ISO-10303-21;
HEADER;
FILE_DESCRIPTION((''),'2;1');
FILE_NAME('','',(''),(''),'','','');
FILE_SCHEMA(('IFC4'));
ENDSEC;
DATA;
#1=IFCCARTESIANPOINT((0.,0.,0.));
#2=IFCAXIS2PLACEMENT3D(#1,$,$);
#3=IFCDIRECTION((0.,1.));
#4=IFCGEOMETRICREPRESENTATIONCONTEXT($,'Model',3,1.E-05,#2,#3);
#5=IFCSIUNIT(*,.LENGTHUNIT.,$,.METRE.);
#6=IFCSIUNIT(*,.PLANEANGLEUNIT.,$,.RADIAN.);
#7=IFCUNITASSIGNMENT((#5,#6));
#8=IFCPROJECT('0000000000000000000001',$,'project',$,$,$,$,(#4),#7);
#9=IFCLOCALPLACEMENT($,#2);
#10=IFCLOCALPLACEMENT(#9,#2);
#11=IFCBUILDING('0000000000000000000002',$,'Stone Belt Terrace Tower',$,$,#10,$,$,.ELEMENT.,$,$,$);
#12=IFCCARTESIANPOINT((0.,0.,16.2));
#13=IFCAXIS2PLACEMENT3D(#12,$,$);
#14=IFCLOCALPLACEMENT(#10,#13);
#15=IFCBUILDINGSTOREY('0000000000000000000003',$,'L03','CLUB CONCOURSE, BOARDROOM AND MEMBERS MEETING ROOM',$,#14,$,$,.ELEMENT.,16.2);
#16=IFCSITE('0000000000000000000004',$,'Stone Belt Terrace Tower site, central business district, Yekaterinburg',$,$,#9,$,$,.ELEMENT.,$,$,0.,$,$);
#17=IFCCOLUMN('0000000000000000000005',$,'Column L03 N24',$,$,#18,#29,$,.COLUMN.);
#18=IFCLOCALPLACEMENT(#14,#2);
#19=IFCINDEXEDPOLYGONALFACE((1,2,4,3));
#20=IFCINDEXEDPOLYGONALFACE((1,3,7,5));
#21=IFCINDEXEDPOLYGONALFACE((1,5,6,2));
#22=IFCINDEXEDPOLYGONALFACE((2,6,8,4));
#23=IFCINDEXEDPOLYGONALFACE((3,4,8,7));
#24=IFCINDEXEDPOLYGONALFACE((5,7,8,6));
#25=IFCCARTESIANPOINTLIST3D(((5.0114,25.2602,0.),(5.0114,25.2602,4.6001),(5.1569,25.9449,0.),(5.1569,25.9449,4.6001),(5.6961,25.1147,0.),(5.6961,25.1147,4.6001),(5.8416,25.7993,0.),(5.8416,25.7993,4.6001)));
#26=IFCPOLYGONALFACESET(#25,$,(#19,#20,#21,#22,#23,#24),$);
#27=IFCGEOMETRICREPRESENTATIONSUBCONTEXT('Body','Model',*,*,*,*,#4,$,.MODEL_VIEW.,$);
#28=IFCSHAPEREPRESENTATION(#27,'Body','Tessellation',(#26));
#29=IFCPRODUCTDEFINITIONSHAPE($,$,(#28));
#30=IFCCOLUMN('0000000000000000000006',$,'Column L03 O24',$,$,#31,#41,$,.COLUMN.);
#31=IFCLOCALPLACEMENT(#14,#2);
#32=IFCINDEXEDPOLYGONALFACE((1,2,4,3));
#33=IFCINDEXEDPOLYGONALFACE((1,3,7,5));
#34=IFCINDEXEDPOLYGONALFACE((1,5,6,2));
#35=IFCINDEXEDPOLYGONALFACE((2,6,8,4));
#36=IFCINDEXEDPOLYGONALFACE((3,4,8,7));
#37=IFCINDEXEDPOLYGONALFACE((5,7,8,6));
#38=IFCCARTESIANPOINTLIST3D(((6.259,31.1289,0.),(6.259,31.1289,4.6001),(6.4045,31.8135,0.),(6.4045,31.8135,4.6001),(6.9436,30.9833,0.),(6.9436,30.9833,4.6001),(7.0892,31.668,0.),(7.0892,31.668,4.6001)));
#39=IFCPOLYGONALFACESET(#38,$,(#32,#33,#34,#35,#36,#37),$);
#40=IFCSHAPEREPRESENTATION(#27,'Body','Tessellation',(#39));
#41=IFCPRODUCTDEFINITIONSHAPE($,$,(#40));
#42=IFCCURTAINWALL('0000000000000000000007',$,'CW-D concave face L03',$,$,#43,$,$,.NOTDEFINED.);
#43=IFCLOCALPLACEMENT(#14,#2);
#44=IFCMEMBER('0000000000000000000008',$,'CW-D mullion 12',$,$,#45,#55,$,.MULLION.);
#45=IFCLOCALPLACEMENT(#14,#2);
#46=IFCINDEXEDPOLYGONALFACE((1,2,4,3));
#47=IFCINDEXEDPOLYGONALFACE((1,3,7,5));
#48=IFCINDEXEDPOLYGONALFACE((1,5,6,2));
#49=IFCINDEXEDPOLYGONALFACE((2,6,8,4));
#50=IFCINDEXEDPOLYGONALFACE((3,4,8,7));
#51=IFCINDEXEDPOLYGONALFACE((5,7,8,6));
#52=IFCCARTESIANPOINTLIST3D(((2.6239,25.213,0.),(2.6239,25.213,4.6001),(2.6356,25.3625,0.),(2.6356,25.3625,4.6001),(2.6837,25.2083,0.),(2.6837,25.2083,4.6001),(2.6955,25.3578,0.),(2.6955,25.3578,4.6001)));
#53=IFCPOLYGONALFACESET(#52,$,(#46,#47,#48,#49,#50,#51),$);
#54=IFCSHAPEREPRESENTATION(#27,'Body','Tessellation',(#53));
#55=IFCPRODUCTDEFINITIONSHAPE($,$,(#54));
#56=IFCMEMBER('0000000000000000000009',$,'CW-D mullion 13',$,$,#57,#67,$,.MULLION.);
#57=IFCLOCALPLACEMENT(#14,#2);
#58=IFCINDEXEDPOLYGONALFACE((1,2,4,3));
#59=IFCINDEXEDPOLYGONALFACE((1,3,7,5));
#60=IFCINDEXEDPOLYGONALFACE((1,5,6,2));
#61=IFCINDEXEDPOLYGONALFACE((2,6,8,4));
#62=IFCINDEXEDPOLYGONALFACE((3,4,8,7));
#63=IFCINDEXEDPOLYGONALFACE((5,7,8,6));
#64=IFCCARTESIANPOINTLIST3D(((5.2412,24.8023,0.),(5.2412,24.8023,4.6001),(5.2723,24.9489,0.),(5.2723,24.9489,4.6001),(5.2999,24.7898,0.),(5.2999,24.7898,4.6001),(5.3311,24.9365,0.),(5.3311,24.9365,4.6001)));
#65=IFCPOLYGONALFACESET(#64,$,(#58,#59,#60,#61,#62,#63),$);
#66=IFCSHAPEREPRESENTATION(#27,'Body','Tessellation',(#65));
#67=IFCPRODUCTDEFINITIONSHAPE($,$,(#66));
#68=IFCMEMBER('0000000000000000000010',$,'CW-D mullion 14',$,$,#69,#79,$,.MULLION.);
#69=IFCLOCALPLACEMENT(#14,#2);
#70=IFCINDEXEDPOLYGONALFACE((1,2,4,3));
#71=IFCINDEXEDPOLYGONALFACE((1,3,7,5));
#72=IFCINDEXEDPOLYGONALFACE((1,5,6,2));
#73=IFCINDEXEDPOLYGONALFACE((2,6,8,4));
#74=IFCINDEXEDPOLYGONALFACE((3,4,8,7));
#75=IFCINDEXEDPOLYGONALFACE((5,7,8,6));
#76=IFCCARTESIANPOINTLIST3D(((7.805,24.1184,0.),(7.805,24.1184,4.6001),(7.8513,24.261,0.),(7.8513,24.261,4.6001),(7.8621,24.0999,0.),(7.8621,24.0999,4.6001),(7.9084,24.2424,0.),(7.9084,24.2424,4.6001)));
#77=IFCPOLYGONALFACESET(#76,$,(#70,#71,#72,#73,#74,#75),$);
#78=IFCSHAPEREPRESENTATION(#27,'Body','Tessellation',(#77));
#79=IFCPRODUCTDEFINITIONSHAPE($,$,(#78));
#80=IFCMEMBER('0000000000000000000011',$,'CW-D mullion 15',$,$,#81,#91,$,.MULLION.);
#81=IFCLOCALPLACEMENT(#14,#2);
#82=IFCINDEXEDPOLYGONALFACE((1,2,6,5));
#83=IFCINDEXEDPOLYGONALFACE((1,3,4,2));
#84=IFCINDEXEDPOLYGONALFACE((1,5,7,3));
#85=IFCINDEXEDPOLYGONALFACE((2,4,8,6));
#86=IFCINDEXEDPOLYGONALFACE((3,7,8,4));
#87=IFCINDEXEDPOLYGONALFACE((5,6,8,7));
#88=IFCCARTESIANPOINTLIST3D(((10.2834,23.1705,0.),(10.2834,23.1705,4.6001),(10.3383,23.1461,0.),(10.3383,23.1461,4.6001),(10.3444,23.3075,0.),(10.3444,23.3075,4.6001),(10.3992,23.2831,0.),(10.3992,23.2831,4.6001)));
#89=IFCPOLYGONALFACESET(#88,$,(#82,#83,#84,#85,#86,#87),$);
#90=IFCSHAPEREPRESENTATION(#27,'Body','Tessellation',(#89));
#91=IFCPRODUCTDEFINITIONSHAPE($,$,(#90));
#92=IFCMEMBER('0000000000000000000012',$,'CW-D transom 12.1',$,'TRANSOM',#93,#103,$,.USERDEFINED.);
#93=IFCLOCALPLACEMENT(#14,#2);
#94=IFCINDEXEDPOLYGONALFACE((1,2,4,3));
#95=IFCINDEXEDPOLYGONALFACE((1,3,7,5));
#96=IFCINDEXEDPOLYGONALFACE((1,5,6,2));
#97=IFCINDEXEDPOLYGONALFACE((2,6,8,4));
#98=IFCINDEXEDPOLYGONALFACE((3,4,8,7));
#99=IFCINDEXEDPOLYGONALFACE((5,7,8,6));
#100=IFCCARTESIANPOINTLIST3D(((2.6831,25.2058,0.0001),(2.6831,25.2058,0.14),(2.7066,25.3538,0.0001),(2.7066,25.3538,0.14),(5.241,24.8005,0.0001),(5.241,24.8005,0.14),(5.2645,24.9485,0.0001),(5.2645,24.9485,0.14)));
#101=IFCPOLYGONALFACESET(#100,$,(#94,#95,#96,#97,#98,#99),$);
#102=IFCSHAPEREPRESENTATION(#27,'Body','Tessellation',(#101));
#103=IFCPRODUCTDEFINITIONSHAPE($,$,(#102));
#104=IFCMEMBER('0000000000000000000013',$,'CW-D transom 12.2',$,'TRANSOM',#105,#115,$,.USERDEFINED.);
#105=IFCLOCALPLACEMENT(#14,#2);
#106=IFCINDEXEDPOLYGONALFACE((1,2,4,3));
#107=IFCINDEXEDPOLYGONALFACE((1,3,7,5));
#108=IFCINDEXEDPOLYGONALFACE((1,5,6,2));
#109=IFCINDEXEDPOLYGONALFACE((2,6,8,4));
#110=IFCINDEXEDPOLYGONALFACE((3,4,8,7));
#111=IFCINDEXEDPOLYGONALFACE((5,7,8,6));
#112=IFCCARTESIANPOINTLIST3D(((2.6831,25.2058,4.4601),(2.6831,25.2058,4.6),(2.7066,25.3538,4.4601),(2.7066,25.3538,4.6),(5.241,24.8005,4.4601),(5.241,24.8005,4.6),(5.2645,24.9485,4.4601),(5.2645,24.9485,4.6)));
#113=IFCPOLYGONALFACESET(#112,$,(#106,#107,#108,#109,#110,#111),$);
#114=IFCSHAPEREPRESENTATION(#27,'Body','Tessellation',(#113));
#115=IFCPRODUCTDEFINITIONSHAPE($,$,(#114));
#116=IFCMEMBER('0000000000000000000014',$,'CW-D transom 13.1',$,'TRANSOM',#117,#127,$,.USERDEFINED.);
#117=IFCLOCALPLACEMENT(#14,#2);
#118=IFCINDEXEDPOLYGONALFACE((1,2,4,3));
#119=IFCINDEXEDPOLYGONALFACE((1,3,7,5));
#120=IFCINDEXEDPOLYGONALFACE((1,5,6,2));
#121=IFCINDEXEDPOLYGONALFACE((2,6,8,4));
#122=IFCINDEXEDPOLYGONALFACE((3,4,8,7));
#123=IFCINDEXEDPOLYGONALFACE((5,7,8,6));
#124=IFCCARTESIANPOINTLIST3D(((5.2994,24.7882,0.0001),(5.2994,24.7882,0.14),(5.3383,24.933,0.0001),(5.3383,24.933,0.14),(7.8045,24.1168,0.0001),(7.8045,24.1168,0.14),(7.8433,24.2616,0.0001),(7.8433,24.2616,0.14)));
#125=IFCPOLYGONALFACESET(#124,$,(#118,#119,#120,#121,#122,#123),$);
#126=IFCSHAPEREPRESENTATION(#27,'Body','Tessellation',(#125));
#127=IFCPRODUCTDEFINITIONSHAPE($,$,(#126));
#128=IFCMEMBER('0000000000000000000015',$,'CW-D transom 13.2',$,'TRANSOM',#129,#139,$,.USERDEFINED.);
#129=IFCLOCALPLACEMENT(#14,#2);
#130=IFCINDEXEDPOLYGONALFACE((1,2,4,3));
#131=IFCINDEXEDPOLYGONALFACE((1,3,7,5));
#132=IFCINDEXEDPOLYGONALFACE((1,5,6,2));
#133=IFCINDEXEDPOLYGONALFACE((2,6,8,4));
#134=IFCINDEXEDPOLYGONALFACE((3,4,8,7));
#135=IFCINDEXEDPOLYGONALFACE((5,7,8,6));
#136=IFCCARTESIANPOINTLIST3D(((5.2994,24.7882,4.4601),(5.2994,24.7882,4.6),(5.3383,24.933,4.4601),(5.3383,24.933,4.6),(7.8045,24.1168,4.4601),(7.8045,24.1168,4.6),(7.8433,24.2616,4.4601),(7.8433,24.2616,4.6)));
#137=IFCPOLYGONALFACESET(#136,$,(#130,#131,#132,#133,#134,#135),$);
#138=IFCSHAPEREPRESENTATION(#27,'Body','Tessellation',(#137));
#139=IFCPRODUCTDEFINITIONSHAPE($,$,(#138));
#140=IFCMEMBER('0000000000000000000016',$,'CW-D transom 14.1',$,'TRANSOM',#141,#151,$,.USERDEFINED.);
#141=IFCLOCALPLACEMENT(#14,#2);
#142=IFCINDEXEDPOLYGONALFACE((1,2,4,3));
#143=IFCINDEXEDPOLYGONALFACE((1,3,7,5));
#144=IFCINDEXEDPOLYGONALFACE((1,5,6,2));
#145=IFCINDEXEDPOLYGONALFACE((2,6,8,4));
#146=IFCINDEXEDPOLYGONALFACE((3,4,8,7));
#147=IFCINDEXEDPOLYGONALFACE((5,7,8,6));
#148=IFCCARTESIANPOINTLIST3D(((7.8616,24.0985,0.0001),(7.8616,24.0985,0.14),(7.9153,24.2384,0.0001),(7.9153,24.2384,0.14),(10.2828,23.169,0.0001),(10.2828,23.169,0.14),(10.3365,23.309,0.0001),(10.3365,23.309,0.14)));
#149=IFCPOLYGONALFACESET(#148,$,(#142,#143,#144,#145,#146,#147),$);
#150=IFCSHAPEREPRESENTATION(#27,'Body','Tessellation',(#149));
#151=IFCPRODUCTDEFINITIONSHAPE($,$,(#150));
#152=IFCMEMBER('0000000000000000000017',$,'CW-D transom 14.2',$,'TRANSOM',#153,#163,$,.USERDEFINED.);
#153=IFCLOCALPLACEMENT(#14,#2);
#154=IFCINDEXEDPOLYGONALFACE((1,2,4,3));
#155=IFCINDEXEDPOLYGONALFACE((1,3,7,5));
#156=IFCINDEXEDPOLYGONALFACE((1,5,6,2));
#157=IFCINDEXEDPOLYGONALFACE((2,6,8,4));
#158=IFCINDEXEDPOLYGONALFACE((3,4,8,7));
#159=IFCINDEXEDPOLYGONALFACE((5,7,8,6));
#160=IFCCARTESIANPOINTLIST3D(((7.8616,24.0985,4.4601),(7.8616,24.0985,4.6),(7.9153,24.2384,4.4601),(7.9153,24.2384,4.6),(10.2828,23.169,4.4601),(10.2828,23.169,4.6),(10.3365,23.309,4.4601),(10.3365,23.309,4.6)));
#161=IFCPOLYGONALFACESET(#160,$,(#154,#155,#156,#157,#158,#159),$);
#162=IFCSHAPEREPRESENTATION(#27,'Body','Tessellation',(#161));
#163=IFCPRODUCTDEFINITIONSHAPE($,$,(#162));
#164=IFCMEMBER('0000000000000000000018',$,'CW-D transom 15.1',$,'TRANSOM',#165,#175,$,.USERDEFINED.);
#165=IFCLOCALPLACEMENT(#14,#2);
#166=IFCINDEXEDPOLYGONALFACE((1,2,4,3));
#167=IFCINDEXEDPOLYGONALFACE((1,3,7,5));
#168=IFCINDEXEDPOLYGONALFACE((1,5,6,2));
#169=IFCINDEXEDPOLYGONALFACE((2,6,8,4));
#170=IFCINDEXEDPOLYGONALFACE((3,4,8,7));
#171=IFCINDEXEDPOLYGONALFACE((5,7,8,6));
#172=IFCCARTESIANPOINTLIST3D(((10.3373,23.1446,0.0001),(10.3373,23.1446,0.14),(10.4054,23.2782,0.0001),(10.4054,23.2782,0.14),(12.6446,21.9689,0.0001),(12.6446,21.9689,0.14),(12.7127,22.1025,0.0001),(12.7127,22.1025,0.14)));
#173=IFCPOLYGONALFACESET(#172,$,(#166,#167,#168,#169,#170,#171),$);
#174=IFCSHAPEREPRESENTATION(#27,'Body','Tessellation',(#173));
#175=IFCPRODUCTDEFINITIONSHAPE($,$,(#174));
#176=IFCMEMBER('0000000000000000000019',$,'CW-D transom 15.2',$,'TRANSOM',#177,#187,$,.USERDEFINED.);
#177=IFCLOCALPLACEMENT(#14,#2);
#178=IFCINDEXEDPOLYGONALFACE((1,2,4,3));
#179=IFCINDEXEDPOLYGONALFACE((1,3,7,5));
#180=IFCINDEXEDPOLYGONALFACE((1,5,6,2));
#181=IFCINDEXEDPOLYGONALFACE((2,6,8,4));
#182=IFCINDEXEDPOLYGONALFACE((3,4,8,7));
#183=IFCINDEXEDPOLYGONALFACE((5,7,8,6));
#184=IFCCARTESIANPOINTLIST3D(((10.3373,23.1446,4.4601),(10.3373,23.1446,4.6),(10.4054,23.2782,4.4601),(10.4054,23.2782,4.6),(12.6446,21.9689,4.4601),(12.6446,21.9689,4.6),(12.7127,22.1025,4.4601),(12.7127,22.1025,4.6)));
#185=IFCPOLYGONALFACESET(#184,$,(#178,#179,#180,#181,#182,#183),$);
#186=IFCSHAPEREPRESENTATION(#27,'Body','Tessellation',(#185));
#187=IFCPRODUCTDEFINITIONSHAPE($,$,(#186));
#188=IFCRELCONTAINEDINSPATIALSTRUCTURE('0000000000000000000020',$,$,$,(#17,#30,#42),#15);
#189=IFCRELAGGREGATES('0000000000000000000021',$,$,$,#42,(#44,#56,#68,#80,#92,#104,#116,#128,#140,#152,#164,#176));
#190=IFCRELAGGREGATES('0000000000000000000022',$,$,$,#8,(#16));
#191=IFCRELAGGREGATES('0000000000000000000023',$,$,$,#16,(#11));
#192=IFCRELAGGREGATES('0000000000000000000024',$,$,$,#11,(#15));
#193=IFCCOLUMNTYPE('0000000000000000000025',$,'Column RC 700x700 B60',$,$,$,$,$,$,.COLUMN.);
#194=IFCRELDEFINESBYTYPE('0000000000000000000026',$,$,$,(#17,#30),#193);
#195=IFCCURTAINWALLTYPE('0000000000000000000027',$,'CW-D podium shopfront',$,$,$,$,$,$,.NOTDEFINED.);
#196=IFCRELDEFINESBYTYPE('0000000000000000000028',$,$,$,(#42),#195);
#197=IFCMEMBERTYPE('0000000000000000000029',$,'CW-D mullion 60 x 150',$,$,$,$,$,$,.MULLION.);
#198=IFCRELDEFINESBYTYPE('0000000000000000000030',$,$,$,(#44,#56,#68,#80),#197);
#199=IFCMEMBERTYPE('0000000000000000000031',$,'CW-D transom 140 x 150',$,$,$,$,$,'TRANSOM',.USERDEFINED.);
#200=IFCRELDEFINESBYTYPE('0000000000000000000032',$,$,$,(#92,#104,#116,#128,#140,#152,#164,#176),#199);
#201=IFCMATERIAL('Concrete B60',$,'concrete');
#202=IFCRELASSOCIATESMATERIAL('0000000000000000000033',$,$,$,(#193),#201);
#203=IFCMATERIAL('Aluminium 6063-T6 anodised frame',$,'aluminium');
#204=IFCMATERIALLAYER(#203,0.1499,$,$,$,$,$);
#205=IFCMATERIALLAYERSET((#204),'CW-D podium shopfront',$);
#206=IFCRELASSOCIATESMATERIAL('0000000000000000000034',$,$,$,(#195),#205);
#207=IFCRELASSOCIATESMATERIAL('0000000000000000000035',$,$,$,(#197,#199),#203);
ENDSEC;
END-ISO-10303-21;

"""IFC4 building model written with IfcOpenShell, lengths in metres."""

from ifc_helpers import new_model, si_unit, direction, frame, origin, origin_2d, place, context, subcontext, project, spatial, rectangle, extrude, material, layer, layer_set, material_profile, profile_set, type_object, element, aggregate, save


model = new_model("IFC4")

# Units and contexts
model_context = context("Model", 3, precision=1e-05, world=origin(), true_north=direction((0.0, 1.0)))
body_context = subcontext(model_context, "Body", "Model", "MODEL_VIEW")
ifc_project = project(units=[si_unit("LENGTHUNIT", "METRE"), si_unit("PLANEANGLEUNIT", "RADIAN")], contexts=[model_context])

# Site, building, storey
site_placement = place(None, origin())
site = spatial("IfcSite", under=ifc_project, at=site_placement, Name="Stone Belt Terrace Tower site, central business district, Yekaterinburg", CompositionType="ELEMENT", RefElevation=0.0)
building_placement = place(site_placement, origin())
building = spatial("IfcBuilding", under=site, at=building_placement, Name="Stone Belt Terrace Tower", CompositionType="ELEMENT")
storey_placement = place(building_placement, frame((0.0, 0.0, 16.2)))
storey = spatial("IfcBuildingStorey", under=building, at=storey_placement, Name="L03", Description="CLUB CONCOURSE, BOARDROOM AND MEMBERS MEETING ROOM", CompositionType="ELEMENT", Elevation=16.2)

# Columns
ifc_material_1 = material(Name="Concrete B60", Category="concrete")
ifc_material_profile_1 = material_profile(ifc_material_1, rectangle(XDim=0.7, YDim=0.7, at=origin_2d()), Name="RC 700x700")
ifc_profile_set_1 = profile_set([ifc_material_profile_1], Name="Concrete B60")
column_type = type_object("IfcColumnType", Name="Column RC 700x700 B60", PredefinedType="COLUMN", material=ifc_profile_set_1)
for number, where, z_axis, x_axis, name in (
    (1, (5.4265, 25.5298, 0.0), (0.0, 0.0, 1.0), (0.978148, -0.207912, 0.0), "Column L03 N24"),
    (2, (6.6741, 31.3984, 0.0), (0.0, 0.0, 1.0), (0.978148, -0.207912, 0.0), "Column L03 O24"),
):
    element("IfcColumn", number, at=place(storey_placement, frame(where, z_axis=z_axis, x_axis=x_axis)), inside=storey, type_object=column_type, Name=name, PredefinedType="COLUMN", context=body_context, shape_type="SweptSolid", body=[
        extrude(rectangle(XDim=0.7, YDim=0.7, at=origin_2d()), origin(), (0.0, 0.0, 1.0), 4.6001),
    ])

# Curtain wall, members
ifc_material_2 = material(Name="Aluminium 6063-T6 anodised frame", Category="aluminium")
ifc_layer_1 = layer(ifc_material_2, 0.1499)
ifc_layer_set_1 = layer_set([ifc_layer_1], Name="CW-D podium shopfront")
curtain_wall_type = type_object("IfcCurtainWallType", Name="CW-D podium shopfront", PredefinedType="NOTDEFINED", material=ifc_layer_set_1)
curtain_wall_placement = place(storey_placement, origin())
curtain_wall = element("IfcCurtainWall", 3, at=curtain_wall_placement, inside=storey, type_object=curtain_wall_type, Name="CW-D concave face L03", PredefinedType="NOTDEFINED")
ifc_material_profile_2 = material_profile(ifc_material_2, rectangle(XDim=0.1499, YDim=0.0601, at=origin_2d()), Name="Aluminium 6063-T6 60x150")
ifc_profile_set_2 = profile_set([ifc_material_profile_2], Name="Aluminium 6063-T6 anodised frame")
member_type_1 = type_object("IfcMemberType", Name="CW-D mullion 60 x 150", PredefinedType="MULLION", material=ifc_profile_set_2)
member_1_placement = place(storey_placement, frame((2.6597, 25.2854, 0.0), z_axis=(0.0, 0.0, 1.0), x_axis=(0.078459, 0.996917, 0.0)))
member_1 = element("IfcMember", 4, at=member_1_placement, type_object=member_type_1, Name="CW-D mullion 12", PredefinedType="MULLION", context=body_context, shape_type="SweptSolid", body=[
    extrude(rectangle(XDim=0.1499, YDim=0.0601, at=origin_2d()), origin(), (0.0, 0.0, 1.0), 4.6001),
])
member_2_placement = place(storey_placement, frame((5.2861, 24.8694, 0.0), z_axis=(0.0, 0.0, 1.0), x_axis=(0.207912, 0.978148, 0.0)))
member_2 = element("IfcMember", 5, at=member_2_placement, type_object=member_type_1, Name="CW-D mullion 13", PredefinedType="MULLION", context=body_context, shape_type="SweptSolid", body=[
    extrude(rectangle(XDim=0.1499, YDim=0.0601, at=origin_2d()), origin(), (0.0, 0.0, 1.0), 4.6001),
])
member_3_placement = place(storey_placement, frame((7.8567, 24.1804, 0.0), z_axis=(0.0, 0.0, 1.0), x_axis=(0.309017, 0.951057, 0.0)))
member_3 = element("IfcMember", 6, at=member_3_placement, type_object=member_type_1, Name="CW-D mullion 14", PredefinedType="MULLION", context=body_context, shape_type="SweptSolid", body=[
    extrude(rectangle(XDim=0.1499, YDim=0.0601, at=origin_2d()), origin(), (0.0, 0.0, 1.0), 4.6001),
])
member_4_placement = place(storey_placement, frame((10.3413, 23.2268, 0.0), z_axis=(0.0, 0.0, 1.0), x_axis=(0.406737, 0.913545, 0.0)))
member_4 = element("IfcMember", 7, at=member_4_placement, type_object=member_type_1, Name="CW-D mullion 15", PredefinedType="MULLION", context=body_context, shape_type="SweptSolid", body=[
    extrude(rectangle(XDim=0.1499, YDim=0.0601, at=origin_2d()), origin(), (0.0, 0.0, 1.0), 4.6001),
])
ifc_material_profile_3 = material_profile(ifc_material_2, rectangle(XDim=0.1499, YDim=0.1399, at=origin_2d()), Name="Aluminium 6063-T6 150x140")
ifc_profile_set_3 = profile_set([ifc_material_profile_3], Name="Aluminium 6063-T6 anodised frame")
member_type_2 = type_object("IfcMemberType", Name="CW-D transom 140 x 150", ElementType="TRANSOM", PredefinedType="USERDEFINED", material=ifc_profile_set_3)
member_5_placement = place(storey_placement, frame((2.6948, 25.2798, 0.0701), z_axis=(0.98768, -0.15649, 0.0), x_axis=(0.15649, 0.98768, 0.0)))
member_5 = element("IfcMember", 8, at=member_5_placement, type_object=member_type_2, Name="CW-D transom 12.1", ObjectType="TRANSOM", PredefinedType="USERDEFINED", context=body_context, shape_type="SweptSolid", body=[
    extrude(rectangle(XDim=0.1499, YDim=0.1399, at=origin_2d()), origin(), (0.0, 0.0, 1.0), 2.5898),
])
member_6_placement = place(storey_placement, frame((2.6948, 25.2798, 4.53), z_axis=(0.98768, -0.15649, 0.0), x_axis=(0.15649, 0.98768, 0.0)))
member_6 = element("IfcMember", 9, at=member_6_placement, type_object=member_type_2, Name="CW-D transom 12.2", ObjectType="TRANSOM", PredefinedType="USERDEFINED", context=body_context, shape_type="SweptSolid", body=[
    extrude(rectangle(XDim=0.1499, YDim=0.1399, at=origin_2d()), origin(), (0.0, 0.0, 1.0), 2.5898),
])
member_7_placement = place(storey_placement, frame((5.3188, 24.8606, 0.0701), z_axis=(0.965912, -0.258869, 0.0), x_axis=(0.258869, 0.965912, 0.0)))
member_7 = element("IfcMember", 10, at=member_7_placement, type_object=member_type_2, Name="CW-D transom 13.1", ObjectType="TRANSOM", PredefinedType="USERDEFINED", context=body_context, shape_type="SweptSolid", body=[
    extrude(rectangle(XDim=0.1499, YDim=0.1399, at=origin_2d()), origin(), (0.0, 0.0, 1.0), 2.5935),
])
member_8_placement = place(storey_placement, frame((5.3188, 24.8606, 4.53), z_axis=(0.965912, -0.258869, 0.0), x_axis=(0.258869, 0.965912, 0.0)))
member_8 = element("IfcMember", 11, at=member_8_placement, type_object=member_type_2, Name="CW-D transom 13.2", ObjectType="TRANSOM", PredefinedType="USERDEFINED", context=body_context, shape_type="SweptSolid", body=[
    extrude(rectangle(XDim=0.1499, YDim=0.1399, at=origin_2d()), origin(), (0.0, 0.0, 1.0), 2.5935),
])
member_9_placement = place(storey_placement, frame((7.8884, 24.1685, 0.0701), z_axis=(0.933573, -0.358386, 0.0), x_axis=(0.358386, 0.933573, 0.0)))
member_9 = element("IfcMember", 12, at=member_9_placement, type_object=member_type_2, Name="CW-D transom 14.1", ObjectType="TRANSOM", PredefinedType="USERDEFINED", context=body_context, shape_type="SweptSolid", body=[
    extrude(rectangle(XDim=0.1499, YDim=0.1399, at=origin_2d()), origin(), (0.0, 0.0, 1.0), 2.5935),
])
member_10_placement = place(storey_placement, frame((7.8884, 24.1685, 4.53), z_axis=(0.933573, -0.358386, 0.0), x_axis=(0.358386, 0.933573, 0.0)))
member_10 = element("IfcMember", 13, at=member_10_placement, type_object=member_type_2, Name="CW-D transom 14.2", ObjectType="TRANSOM", PredefinedType="USERDEFINED", context=body_context, shape_type="SweptSolid", body=[
    extrude(rectangle(XDim=0.1499, YDim=0.1399, at=origin_2d()), origin(), (0.0, 0.0, 1.0), 2.5935),
])
member_11_placement = place(storey_placement, frame((10.3713, 23.2114, 0.0701), z_axis=(0.890988, -0.454026, 0.0), x_axis=(0.454026, 0.890988, 0.0)))
member_11 = element("IfcMember", 14, at=member_11_placement, type_object=member_type_2, Name="CW-D transom 15.1", ObjectType="TRANSOM", PredefinedType="USERDEFINED", context=body_context, shape_type="SweptSolid", body=[
    extrude(rectangle(XDim=0.1499, YDim=0.1399, at=origin_2d()), origin(), (0.0, 0.0, 1.0), 2.5896),
])
member_12_placement = place(storey_placement, frame((10.3713, 23.2114, 4.53), z_axis=(0.890988, -0.454026, 0.0), x_axis=(0.454026, 0.890988, 0.0)))
member_12 = element("IfcMember", 15, at=member_12_placement, type_object=member_type_2, Name="CW-D transom 15.2", ObjectType="TRANSOM", PredefinedType="USERDEFINED", context=body_context, shape_type="SweptSolid", body=[
    extrude(rectangle(XDim=0.1499, YDim=0.1399, at=origin_2d()), origin(), (0.0, 0.0, 1.0), 2.5896),
])
aggregate(curtain_wall, [member_1, member_2, member_3, member_4, member_5, member_6, member_7, member_8, member_9, member_10, member_11, member_12])

save(model, "model.ifc")
